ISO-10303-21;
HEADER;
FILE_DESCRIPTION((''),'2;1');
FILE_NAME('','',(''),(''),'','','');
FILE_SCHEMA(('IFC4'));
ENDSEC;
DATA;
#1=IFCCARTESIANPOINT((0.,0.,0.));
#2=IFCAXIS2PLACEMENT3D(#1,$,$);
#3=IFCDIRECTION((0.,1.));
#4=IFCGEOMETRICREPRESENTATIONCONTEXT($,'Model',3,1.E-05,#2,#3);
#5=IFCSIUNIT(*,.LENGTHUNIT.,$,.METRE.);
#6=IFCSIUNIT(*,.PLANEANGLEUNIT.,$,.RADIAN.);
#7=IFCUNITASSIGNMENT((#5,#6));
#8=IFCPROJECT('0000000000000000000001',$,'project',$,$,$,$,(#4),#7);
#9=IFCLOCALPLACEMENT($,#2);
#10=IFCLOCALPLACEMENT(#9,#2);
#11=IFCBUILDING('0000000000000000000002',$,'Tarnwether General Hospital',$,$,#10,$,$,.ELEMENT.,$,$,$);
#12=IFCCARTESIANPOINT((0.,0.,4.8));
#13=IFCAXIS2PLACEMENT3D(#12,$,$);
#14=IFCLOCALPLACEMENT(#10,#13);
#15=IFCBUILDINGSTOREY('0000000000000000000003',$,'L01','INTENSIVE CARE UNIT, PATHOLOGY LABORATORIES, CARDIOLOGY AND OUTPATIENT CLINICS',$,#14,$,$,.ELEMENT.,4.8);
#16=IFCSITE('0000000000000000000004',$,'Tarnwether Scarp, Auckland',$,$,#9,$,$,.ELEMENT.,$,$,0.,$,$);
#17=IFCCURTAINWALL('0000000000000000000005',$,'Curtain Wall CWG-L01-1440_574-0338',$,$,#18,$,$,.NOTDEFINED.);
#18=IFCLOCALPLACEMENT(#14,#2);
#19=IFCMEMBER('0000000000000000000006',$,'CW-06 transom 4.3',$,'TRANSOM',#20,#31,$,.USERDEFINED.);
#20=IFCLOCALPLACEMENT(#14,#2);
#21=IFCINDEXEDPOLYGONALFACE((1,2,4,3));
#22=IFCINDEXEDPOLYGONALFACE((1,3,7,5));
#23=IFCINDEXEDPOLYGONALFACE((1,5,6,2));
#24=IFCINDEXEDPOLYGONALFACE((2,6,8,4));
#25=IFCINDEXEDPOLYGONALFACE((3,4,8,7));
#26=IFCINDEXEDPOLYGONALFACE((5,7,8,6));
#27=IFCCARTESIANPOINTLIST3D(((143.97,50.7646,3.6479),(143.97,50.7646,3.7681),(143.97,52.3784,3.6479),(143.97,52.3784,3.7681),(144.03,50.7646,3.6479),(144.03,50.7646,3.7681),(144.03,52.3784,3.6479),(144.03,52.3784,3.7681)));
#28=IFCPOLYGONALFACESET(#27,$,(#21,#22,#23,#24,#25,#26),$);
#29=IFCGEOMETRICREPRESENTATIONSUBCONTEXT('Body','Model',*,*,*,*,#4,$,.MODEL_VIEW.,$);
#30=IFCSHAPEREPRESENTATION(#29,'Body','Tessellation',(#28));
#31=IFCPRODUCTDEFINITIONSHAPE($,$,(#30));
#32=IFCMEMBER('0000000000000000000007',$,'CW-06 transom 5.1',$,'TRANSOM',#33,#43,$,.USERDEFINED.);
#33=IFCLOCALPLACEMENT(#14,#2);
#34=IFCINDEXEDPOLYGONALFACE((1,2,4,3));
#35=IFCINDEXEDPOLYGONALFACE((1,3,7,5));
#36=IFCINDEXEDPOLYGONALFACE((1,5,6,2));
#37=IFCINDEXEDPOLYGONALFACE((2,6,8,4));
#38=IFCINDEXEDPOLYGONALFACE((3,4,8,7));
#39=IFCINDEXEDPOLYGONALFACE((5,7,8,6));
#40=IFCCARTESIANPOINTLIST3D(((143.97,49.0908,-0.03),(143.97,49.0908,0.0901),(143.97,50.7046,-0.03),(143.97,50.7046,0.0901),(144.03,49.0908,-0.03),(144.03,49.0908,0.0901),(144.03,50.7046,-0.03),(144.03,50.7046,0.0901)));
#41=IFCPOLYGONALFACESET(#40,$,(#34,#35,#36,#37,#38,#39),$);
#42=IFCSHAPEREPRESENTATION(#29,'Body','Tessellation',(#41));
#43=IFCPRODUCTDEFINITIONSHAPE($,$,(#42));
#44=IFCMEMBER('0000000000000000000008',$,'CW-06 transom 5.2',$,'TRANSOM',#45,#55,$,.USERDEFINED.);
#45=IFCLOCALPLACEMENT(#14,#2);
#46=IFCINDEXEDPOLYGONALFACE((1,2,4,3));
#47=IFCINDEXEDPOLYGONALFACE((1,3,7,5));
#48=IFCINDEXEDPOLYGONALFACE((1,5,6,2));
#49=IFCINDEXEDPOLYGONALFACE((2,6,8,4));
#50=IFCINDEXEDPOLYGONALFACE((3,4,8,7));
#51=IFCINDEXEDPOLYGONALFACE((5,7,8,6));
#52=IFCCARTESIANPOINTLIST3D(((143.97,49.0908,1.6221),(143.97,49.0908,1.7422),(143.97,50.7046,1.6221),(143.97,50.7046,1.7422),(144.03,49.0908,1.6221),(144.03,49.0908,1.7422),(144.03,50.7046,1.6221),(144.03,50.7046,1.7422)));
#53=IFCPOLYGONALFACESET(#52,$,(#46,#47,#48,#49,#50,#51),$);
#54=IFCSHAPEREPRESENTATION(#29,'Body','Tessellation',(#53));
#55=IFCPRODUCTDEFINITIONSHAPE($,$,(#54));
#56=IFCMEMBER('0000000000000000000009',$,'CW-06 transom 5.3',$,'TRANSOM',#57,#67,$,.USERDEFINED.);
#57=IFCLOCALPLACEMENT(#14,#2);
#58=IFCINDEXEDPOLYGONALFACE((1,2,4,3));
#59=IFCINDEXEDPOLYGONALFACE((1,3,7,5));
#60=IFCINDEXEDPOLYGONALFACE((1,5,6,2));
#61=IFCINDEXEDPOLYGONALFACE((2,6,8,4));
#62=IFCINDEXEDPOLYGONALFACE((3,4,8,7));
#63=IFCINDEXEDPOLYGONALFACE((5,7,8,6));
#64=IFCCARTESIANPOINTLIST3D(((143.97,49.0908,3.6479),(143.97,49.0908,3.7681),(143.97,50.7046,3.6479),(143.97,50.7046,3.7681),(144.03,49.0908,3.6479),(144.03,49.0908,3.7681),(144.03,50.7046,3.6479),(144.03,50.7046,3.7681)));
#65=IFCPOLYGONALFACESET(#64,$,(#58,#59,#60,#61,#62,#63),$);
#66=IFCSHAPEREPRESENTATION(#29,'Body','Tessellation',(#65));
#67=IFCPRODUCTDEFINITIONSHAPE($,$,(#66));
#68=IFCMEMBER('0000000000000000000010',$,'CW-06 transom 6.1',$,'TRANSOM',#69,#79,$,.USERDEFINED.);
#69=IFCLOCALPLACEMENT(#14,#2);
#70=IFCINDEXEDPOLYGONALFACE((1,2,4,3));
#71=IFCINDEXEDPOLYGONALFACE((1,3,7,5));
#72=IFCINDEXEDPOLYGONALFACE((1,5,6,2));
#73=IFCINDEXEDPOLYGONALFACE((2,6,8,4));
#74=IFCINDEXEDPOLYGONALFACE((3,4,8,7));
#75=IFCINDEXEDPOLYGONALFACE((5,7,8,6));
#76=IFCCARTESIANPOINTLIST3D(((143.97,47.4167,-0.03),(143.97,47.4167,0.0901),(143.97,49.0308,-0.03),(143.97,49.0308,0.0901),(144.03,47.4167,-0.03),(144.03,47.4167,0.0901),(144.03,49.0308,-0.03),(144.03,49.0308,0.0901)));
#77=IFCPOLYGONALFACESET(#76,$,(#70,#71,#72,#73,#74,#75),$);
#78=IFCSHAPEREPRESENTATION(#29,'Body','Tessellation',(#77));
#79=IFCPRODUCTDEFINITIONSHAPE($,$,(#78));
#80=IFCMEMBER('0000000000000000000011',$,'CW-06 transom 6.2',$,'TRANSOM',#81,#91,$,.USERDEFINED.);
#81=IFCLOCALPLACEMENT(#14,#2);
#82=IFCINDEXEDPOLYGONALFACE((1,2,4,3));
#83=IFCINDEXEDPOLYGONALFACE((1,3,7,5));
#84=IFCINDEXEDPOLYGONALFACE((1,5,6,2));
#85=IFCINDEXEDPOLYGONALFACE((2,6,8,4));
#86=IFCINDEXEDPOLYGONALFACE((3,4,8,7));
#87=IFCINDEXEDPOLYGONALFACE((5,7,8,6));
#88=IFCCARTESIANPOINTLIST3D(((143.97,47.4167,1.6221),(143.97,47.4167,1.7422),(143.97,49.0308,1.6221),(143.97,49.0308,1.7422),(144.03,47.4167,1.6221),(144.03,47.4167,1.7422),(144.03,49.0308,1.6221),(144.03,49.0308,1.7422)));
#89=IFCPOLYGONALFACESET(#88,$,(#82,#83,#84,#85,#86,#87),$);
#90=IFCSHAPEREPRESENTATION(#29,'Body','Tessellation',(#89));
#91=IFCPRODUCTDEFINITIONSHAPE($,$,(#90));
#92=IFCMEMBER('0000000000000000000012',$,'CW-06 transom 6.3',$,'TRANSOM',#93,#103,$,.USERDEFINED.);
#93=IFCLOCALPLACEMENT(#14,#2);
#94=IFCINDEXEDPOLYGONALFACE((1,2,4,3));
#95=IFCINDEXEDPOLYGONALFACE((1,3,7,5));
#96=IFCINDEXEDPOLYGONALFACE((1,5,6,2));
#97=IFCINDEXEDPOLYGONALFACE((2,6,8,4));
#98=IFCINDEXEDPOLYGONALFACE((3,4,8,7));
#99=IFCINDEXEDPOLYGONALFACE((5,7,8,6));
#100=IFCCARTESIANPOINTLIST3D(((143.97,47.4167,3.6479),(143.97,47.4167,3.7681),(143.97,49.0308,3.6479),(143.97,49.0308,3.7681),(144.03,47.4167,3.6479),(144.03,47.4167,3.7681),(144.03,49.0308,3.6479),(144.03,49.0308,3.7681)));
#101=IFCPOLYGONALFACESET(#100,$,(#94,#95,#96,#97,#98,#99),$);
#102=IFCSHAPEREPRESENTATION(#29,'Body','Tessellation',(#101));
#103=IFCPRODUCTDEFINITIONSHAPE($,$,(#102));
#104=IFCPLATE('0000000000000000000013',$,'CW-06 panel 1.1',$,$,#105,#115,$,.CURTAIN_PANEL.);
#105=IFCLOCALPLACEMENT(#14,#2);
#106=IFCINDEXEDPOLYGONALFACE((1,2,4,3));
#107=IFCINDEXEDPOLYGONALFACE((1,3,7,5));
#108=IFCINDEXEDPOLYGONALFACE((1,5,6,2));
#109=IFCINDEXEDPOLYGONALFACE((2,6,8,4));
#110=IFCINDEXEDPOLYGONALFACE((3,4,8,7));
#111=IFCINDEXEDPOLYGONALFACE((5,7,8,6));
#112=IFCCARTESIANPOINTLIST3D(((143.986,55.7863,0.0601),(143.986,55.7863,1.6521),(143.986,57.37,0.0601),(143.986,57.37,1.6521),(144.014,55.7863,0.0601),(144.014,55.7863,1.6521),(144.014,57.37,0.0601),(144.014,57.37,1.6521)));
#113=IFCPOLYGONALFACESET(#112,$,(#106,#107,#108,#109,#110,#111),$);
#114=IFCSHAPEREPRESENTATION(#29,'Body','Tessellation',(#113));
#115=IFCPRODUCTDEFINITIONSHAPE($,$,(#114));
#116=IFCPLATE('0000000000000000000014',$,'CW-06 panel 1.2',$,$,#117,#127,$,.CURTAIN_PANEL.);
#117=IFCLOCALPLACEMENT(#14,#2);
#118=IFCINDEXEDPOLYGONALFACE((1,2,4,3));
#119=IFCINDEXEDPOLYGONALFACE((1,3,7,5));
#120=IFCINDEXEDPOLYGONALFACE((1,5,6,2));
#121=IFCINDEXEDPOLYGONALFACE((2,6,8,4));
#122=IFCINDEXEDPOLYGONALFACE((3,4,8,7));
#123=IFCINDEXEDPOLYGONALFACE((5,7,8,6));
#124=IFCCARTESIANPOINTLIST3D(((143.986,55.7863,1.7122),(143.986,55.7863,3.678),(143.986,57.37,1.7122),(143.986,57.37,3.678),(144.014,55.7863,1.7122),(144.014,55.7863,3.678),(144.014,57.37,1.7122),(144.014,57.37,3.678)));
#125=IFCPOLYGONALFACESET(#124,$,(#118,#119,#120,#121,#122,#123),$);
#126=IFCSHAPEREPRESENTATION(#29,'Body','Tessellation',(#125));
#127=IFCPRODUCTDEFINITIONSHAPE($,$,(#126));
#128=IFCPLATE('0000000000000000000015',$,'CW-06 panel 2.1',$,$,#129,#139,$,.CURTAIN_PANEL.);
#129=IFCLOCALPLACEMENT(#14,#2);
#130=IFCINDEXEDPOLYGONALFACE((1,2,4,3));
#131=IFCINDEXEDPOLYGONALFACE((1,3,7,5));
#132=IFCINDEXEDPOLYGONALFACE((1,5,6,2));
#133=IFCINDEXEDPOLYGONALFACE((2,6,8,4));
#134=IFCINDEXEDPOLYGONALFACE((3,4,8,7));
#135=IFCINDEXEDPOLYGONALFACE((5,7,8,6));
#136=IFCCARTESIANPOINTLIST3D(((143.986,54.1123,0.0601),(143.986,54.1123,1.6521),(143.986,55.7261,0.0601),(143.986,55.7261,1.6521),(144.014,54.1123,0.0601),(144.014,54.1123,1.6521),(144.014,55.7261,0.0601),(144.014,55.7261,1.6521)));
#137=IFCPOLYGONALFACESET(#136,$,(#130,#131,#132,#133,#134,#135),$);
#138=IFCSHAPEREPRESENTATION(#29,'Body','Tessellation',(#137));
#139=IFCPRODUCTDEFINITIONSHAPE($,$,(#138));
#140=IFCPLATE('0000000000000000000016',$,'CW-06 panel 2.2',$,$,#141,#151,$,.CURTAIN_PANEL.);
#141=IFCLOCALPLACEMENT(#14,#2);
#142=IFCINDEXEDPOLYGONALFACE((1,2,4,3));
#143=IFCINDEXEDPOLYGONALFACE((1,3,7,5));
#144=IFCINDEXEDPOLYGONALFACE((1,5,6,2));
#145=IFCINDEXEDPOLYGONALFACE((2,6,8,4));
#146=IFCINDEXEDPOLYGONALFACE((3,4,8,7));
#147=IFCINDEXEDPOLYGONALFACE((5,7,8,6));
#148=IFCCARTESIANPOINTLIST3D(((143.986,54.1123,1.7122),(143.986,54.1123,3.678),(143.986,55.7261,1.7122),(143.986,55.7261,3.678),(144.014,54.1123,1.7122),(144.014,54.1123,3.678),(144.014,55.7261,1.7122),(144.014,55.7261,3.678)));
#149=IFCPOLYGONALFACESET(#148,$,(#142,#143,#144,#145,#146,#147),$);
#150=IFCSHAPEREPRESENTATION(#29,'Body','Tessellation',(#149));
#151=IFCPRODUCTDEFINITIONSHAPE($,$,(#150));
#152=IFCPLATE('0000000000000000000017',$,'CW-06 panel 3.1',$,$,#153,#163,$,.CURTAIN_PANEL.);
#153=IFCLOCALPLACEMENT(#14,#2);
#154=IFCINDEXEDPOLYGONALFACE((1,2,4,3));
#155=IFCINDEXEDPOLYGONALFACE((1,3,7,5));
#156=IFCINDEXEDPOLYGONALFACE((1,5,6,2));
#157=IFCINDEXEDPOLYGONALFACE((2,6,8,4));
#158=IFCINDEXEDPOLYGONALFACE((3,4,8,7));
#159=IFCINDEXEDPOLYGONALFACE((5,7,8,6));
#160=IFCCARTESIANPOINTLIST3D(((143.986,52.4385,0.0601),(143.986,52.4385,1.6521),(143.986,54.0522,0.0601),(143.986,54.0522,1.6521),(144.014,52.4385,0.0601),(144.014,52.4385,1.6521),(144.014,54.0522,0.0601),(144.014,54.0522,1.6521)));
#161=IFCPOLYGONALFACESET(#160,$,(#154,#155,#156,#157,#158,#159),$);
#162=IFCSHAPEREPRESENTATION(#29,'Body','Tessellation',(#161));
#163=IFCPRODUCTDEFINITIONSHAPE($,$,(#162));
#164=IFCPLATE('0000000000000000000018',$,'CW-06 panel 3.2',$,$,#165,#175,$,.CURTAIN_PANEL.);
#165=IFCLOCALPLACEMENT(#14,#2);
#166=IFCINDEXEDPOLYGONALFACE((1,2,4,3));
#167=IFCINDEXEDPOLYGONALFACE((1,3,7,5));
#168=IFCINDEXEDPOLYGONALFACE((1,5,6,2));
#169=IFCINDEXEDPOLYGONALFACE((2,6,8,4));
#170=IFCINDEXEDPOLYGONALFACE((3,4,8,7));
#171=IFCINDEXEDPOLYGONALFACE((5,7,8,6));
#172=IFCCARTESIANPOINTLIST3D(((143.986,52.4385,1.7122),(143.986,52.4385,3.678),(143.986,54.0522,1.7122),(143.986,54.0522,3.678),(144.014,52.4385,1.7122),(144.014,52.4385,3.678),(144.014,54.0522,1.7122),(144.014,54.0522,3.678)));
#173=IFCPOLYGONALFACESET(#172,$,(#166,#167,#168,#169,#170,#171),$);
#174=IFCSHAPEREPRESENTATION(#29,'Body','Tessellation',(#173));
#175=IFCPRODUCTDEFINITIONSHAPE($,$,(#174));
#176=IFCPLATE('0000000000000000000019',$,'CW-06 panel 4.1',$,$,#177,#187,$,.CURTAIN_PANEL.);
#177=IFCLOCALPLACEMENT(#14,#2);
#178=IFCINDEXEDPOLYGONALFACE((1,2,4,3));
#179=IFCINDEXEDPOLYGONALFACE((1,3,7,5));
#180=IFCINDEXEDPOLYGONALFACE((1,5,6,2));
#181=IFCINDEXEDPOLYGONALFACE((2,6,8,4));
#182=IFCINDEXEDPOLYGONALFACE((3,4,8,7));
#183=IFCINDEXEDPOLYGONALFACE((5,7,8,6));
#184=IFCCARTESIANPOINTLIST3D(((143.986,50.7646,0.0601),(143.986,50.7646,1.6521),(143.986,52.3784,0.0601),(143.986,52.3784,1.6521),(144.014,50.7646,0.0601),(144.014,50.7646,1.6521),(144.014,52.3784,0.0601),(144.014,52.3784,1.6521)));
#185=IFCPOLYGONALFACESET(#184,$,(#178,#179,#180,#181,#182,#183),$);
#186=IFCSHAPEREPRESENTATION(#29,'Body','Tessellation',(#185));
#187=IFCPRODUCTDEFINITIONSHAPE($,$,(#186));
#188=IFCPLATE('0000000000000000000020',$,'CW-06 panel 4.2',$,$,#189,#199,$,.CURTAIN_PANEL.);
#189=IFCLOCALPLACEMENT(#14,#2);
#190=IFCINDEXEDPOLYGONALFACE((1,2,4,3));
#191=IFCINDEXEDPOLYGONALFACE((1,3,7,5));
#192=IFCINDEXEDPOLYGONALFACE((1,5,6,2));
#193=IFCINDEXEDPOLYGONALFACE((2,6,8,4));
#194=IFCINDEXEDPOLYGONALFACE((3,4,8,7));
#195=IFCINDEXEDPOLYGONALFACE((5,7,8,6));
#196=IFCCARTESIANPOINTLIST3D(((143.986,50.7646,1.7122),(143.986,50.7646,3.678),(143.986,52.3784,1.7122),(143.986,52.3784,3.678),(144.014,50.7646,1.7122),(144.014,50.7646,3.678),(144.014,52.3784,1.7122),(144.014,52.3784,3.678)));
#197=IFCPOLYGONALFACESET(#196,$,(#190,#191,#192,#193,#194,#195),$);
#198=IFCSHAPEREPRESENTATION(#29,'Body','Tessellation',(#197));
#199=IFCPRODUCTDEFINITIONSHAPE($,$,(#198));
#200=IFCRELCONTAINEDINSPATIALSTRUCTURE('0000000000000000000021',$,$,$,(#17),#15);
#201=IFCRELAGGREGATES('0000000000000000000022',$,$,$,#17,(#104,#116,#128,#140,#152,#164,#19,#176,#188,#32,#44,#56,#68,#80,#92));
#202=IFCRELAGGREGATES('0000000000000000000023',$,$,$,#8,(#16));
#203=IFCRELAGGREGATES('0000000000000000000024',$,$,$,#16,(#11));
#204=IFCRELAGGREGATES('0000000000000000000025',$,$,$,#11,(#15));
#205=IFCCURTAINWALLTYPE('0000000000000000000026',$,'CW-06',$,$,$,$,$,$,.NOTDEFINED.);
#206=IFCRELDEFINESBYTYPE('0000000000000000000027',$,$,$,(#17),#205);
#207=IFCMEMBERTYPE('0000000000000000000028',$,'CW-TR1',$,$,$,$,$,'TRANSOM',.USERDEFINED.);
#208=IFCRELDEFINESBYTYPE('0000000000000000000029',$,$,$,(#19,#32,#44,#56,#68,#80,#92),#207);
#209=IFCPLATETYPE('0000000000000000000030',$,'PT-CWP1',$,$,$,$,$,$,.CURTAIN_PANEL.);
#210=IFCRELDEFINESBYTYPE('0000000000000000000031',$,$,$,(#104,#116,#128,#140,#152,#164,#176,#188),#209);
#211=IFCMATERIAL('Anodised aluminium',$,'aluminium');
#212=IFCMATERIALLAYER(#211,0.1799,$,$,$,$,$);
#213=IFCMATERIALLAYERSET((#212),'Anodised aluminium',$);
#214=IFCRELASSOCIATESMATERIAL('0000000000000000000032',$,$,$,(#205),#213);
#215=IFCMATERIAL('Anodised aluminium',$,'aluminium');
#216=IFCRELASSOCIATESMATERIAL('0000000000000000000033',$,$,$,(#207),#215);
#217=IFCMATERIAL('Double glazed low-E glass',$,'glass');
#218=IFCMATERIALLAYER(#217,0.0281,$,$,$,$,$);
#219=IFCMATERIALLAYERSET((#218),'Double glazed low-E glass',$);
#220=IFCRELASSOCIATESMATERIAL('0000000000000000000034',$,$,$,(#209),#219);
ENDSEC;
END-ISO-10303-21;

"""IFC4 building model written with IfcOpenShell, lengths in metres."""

from ifc_helpers import new_model, si_unit, direction, frame, origin, origin_2d, place, context, subcontext, project, spatial, rectangle, extrude, material, layer, layer_set, material_profile, profile_set, type_object, element, aggregate, save


model = new_model("IFC4")

# Units and contexts
model_context = context("Model", 3, precision=1e-05, world=origin(), true_north=direction((0.0, 1.0)))
body_context = subcontext(model_context, "Body", "Model", "MODEL_VIEW")
ifc_project = project(units=[si_unit("LENGTHUNIT", "METRE"), si_unit("PLANEANGLEUNIT", "RADIAN")], contexts=[model_context])

# Site, building, storey
site_placement = place(None, origin())
site = spatial("IfcSite", under=ifc_project, at=site_placement, Name="Tarnwether Scarp, Auckland", CompositionType="ELEMENT", RefElevation=0.0)
building_placement = place(site_placement, origin())
building = spatial("IfcBuilding", under=site, at=building_placement, Name="Tarnwether General Hospital", CompositionType="ELEMENT")
storey_placement = place(building_placement, frame((0.0, 0.0, 4.8)))
storey = spatial("IfcBuildingStorey", under=building, at=storey_placement, Name="L01", Description="INTENSIVE CARE UNIT, PATHOLOGY LABORATORIES, CARDIOLOGY AND OUTPATIENT CLINICS", CompositionType="ELEMENT", Elevation=4.8)

# Curtain wall, members, plates
ifc_material_1 = material(Name="Anodised aluminium", Category="aluminium")
ifc_layer_1 = layer(ifc_material_1, 0.1799)
ifc_layer_set_1 = layer_set([ifc_layer_1], Name="Anodised aluminium")
curtain_wall_type = type_object("IfcCurtainWallType", Name="CW-06", PredefinedType="NOTDEFINED", material=ifc_layer_set_1)
curtain_wall_placement = place(storey_placement, origin())
curtain_wall = element("IfcCurtainWall", 1, at=curtain_wall_placement, inside=storey, type_object=curtain_wall_type, Name="Curtain Wall CWG-L01-1440_574-0338", PredefinedType="NOTDEFINED")
ifc_material_2 = material(Name="Anodised aluminium", Category="aluminium")
ifc_material_profile_1 = material_profile(ifc_material_2, rectangle(XDim=0.0601, YDim=0.1201, at=origin_2d()), Name="ALU-TRN-60x120")
ifc_profile_set_1 = profile_set([ifc_material_profile_1], Name="Anodised aluminium")
member_type_1 = type_object("IfcMemberType", Name="CW-TR1", ElementType="TRANSOM", PredefinedType="USERDEFINED", material=ifc_profile_set_1)
member_1_placement = place(storey_placement, frame((144.0, 52.3784, 3.708), z_axis=(0.0, -1.0, 0.0), x_axis=(1.0, 0.0, 0.0)))
member_1 = element("IfcMember", 2, at=member_1_placement, type_object=member_type_1, Name="CW-06 transom 4.3", ObjectType="TRANSOM", PredefinedType="USERDEFINED", context=body_context, shape_type="SweptSolid", body=[
    extrude(rectangle(XDim=0.0601, YDim=0.1201, at=origin_2d()), origin(), (0.0, 0.0, 1.0), 1.6138),
])
member_2_placement = place(storey_placement, frame((144.0, 50.7046, 0.03), z_axis=(0.0, -1.0, 0.0), x_axis=(1.0, 0.0, 0.0)))
member_2 = element("IfcMember", 3, at=member_2_placement, type_object=member_type_1, Name="CW-06 transom 5.1", ObjectType="TRANSOM", PredefinedType="USERDEFINED", context=body_context, shape_type="SweptSolid", body=[
    extrude(rectangle(XDim=0.0601, YDim=0.1201, at=origin_2d()), origin(), (0.0, 0.0, 1.0), 1.6138),
])
member_3_placement = place(storey_placement, frame((144.0, 50.7046, 1.6821), z_axis=(0.0, -1.0, 0.0), x_axis=(1.0, 0.0, 0.0)))
member_3 = element("IfcMember", 4, at=member_3_placement, type_object=member_type_1, Name="CW-06 transom 5.2", ObjectType="TRANSOM", PredefinedType="USERDEFINED", context=body_context, shape_type="SweptSolid", body=[
    extrude(rectangle(XDim=0.0601, YDim=0.1201, at=origin_2d()), origin(), (0.0, 0.0, 1.0), 1.6138),
])
member_4_placement = place(storey_placement, frame((144.0, 50.7046, 3.708), z_axis=(0.0, -1.0, 0.0), x_axis=(1.0, 0.0, 0.0)))
member_4 = element("IfcMember", 5, at=member_4_placement, type_object=member_type_1, Name="CW-06 transom 5.3", ObjectType="TRANSOM", PredefinedType="USERDEFINED", context=body_context, shape_type="SweptSolid", body=[
    extrude(rectangle(XDim=0.0601, YDim=0.1201, at=origin_2d()), origin(), (0.0, 0.0, 1.0), 1.6138),
])
member_5_placement = place(storey_placement, frame((144.0, 49.0308, 0.03), z_axis=(0.0, -1.0, 0.0), x_axis=(1.0, 0.0, 0.0)))
member_5 = element("IfcMember", 6, at=member_5_placement, type_object=member_type_1, Name="CW-06 transom 6.1", ObjectType="TRANSOM", PredefinedType="USERDEFINED", context=body_context, shape_type="SweptSolid", body=[
    extrude(rectangle(XDim=0.0601, YDim=0.1201, at=origin_2d()), origin(), (0.0, 0.0, 1.0), 1.614),
])
member_6_placement = place(storey_placement, frame((144.0, 49.0308, 1.6821), z_axis=(0.0, -1.0, 0.0), x_axis=(1.0, 0.0, 0.0)))
member_6 = element("IfcMember", 7, at=member_6_placement, type_object=member_type_1, Name="CW-06 transom 6.2", ObjectType="TRANSOM", PredefinedType="USERDEFINED", context=body_context, shape_type="SweptSolid", body=[
    extrude(rectangle(XDim=0.0601, YDim=0.1201, at=origin_2d()), origin(), (0.0, 0.0, 1.0), 1.614),
])
member_7_placement = place(storey_placement, frame((144.0, 49.0308, 3.708), z_axis=(0.0, -1.0, 0.0), x_axis=(1.0, 0.0, 0.0)))
member_7 = element("IfcMember", 8, at=member_7_placement, type_object=member_type_1, Name="CW-06 transom 6.3", ObjectType="TRANSOM", PredefinedType="USERDEFINED", context=body_context, shape_type="SweptSolid", body=[
    extrude(rectangle(XDim=0.0601, YDim=0.1201, at=origin_2d()), origin(), (0.0, 0.0, 1.0), 1.614),
])
ifc_material_3 = material(Name="Double glazed low-E glass", Category="glass")
ifc_layer_2 = layer(ifc_material_3, 0.0281)
ifc_layer_set_2 = layer_set([ifc_layer_2], Name="Double glazed low-E glass")
plate_type_1 = type_object("IfcPlateType", Name="PT-CWP1", PredefinedType="CURTAIN_PANEL", material=ifc_layer_set_2)
plate_1_placement = place(storey_placement, frame((144.0, 56.5781, 0.0601), z_axis=(0.0, 0.0, 1.0), x_axis=(0.0, -1.0, 0.0)))
plate_1 = element("IfcPlate", 9, at=plate_1_placement, type_object=plate_type_1, Name="CW-06 panel 1.1", PredefinedType="CURTAIN_PANEL", context=body_context, shape_type="SweptSolid", body=[
    extrude(rectangle(XDim=1.5837, YDim=0.0281, at=origin_2d()), origin(), (0.0, 0.0, 1.0), 1.592),
])
plate_2_placement = place(storey_placement, frame((144.0, 56.5781, 1.7122), z_axis=(0.0, 0.0, 1.0), x_axis=(0.0, -1.0, 0.0)))
plate_2 = element("IfcPlate", 10, at=plate_2_placement, type_object=plate_type_1, Name="CW-06 panel 1.2", PredefinedType="CURTAIN_PANEL", context=body_context, shape_type="SweptSolid", body=[
    extrude(rectangle(XDim=1.5837, YDim=0.0281, at=origin_2d()), origin(), (0.0, 0.0, 1.0), 1.9658),
])
plate_3_placement = place(storey_placement, frame((144.0, 54.9192, 0.0601), z_axis=(0.0, 0.0, 1.0), x_axis=(0.0, -1.0, 0.0)))
plate_3 = element("IfcPlate", 11, at=plate_3_placement, type_object=plate_type_1, Name="CW-06 panel 2.1", PredefinedType="CURTAIN_PANEL", context=body_context, shape_type="SweptSolid", body=[
    extrude(rectangle(XDim=1.6138, YDim=0.0281, at=origin_2d()), origin(), (0.0, 0.0, 1.0), 1.592),
])
plate_4_placement = place(storey_placement, frame((144.0, 54.9192, 1.7122), z_axis=(0.0, 0.0, 1.0), x_axis=(0.0, -1.0, 0.0)))
plate_4 = element("IfcPlate", 12, at=plate_4_placement, type_object=plate_type_1, Name="CW-06 panel 2.2", PredefinedType="CURTAIN_PANEL", context=body_context, shape_type="SweptSolid", body=[
    extrude(rectangle(XDim=1.6138, YDim=0.0281, at=origin_2d()), origin(), (0.0, 0.0, 1.0), 1.9658),
])
plate_5_placement = place(storey_placement, frame((144.0, 53.2454, 0.0601), z_axis=(0.0, 0.0, 1.0), x_axis=(0.0, -1.0, 0.0)))
plate_5 = element("IfcPlate", 13, at=plate_5_placement, type_object=plate_type_1, Name="CW-06 panel 3.1", PredefinedType="CURTAIN_PANEL", context=body_context, shape_type="SweptSolid", body=[
    extrude(rectangle(XDim=1.6138, YDim=0.0281, at=origin_2d()), origin(), (0.0, 0.0, 1.0), 1.592),
])
plate_6_placement = place(storey_placement, frame((144.0, 53.2454, 1.7122), z_axis=(0.0, 0.0, 1.0), x_axis=(0.0, -1.0, 0.0)))
plate_6 = element("IfcPlate", 14, at=plate_6_placement, type_object=plate_type_1, Name="CW-06 panel 3.2", PredefinedType="CURTAIN_PANEL", context=body_context, shape_type="SweptSolid", body=[
    extrude(rectangle(XDim=1.6138, YDim=0.0281, at=origin_2d()), origin(), (0.0, 0.0, 1.0), 1.9658),
])
plate_7_placement = place(storey_placement, frame((144.0, 51.5715, 0.0601), z_axis=(0.0, 0.0, 1.0), x_axis=(0.0, -1.0, 0.0)))
plate_7 = element("IfcPlate", 15, at=plate_7_placement, type_object=plate_type_1, Name="CW-06 panel 4.1", PredefinedType="CURTAIN_PANEL", context=body_context, shape_type="SweptSolid", body=[
    extrude(rectangle(XDim=1.6138, YDim=0.0281, at=origin_2d()), origin(), (0.0, 0.0, 1.0), 1.592),
])
plate_8_placement = place(storey_placement, frame((144.0, 51.5715, 1.7122), z_axis=(0.0, 0.0, 1.0), x_axis=(0.0, -1.0, 0.0)))
plate_8 = element("IfcPlate", 16, at=plate_8_placement, type_object=plate_type_1, Name="CW-06 panel 4.2", PredefinedType="CURTAIN_PANEL", context=body_context, shape_type="SweptSolid", body=[
    extrude(rectangle(XDim=1.6138, YDim=0.0281, at=origin_2d()), origin(), (0.0, 0.0, 1.0), 1.9658),
])
aggregate(curtain_wall, [plate_1, plate_2, plate_3, plate_4, plate_5, plate_6, member_1, plate_7, plate_8, member_2, member_3, member_4, member_5, member_6, member_7])

save(model, "model.ifc")
